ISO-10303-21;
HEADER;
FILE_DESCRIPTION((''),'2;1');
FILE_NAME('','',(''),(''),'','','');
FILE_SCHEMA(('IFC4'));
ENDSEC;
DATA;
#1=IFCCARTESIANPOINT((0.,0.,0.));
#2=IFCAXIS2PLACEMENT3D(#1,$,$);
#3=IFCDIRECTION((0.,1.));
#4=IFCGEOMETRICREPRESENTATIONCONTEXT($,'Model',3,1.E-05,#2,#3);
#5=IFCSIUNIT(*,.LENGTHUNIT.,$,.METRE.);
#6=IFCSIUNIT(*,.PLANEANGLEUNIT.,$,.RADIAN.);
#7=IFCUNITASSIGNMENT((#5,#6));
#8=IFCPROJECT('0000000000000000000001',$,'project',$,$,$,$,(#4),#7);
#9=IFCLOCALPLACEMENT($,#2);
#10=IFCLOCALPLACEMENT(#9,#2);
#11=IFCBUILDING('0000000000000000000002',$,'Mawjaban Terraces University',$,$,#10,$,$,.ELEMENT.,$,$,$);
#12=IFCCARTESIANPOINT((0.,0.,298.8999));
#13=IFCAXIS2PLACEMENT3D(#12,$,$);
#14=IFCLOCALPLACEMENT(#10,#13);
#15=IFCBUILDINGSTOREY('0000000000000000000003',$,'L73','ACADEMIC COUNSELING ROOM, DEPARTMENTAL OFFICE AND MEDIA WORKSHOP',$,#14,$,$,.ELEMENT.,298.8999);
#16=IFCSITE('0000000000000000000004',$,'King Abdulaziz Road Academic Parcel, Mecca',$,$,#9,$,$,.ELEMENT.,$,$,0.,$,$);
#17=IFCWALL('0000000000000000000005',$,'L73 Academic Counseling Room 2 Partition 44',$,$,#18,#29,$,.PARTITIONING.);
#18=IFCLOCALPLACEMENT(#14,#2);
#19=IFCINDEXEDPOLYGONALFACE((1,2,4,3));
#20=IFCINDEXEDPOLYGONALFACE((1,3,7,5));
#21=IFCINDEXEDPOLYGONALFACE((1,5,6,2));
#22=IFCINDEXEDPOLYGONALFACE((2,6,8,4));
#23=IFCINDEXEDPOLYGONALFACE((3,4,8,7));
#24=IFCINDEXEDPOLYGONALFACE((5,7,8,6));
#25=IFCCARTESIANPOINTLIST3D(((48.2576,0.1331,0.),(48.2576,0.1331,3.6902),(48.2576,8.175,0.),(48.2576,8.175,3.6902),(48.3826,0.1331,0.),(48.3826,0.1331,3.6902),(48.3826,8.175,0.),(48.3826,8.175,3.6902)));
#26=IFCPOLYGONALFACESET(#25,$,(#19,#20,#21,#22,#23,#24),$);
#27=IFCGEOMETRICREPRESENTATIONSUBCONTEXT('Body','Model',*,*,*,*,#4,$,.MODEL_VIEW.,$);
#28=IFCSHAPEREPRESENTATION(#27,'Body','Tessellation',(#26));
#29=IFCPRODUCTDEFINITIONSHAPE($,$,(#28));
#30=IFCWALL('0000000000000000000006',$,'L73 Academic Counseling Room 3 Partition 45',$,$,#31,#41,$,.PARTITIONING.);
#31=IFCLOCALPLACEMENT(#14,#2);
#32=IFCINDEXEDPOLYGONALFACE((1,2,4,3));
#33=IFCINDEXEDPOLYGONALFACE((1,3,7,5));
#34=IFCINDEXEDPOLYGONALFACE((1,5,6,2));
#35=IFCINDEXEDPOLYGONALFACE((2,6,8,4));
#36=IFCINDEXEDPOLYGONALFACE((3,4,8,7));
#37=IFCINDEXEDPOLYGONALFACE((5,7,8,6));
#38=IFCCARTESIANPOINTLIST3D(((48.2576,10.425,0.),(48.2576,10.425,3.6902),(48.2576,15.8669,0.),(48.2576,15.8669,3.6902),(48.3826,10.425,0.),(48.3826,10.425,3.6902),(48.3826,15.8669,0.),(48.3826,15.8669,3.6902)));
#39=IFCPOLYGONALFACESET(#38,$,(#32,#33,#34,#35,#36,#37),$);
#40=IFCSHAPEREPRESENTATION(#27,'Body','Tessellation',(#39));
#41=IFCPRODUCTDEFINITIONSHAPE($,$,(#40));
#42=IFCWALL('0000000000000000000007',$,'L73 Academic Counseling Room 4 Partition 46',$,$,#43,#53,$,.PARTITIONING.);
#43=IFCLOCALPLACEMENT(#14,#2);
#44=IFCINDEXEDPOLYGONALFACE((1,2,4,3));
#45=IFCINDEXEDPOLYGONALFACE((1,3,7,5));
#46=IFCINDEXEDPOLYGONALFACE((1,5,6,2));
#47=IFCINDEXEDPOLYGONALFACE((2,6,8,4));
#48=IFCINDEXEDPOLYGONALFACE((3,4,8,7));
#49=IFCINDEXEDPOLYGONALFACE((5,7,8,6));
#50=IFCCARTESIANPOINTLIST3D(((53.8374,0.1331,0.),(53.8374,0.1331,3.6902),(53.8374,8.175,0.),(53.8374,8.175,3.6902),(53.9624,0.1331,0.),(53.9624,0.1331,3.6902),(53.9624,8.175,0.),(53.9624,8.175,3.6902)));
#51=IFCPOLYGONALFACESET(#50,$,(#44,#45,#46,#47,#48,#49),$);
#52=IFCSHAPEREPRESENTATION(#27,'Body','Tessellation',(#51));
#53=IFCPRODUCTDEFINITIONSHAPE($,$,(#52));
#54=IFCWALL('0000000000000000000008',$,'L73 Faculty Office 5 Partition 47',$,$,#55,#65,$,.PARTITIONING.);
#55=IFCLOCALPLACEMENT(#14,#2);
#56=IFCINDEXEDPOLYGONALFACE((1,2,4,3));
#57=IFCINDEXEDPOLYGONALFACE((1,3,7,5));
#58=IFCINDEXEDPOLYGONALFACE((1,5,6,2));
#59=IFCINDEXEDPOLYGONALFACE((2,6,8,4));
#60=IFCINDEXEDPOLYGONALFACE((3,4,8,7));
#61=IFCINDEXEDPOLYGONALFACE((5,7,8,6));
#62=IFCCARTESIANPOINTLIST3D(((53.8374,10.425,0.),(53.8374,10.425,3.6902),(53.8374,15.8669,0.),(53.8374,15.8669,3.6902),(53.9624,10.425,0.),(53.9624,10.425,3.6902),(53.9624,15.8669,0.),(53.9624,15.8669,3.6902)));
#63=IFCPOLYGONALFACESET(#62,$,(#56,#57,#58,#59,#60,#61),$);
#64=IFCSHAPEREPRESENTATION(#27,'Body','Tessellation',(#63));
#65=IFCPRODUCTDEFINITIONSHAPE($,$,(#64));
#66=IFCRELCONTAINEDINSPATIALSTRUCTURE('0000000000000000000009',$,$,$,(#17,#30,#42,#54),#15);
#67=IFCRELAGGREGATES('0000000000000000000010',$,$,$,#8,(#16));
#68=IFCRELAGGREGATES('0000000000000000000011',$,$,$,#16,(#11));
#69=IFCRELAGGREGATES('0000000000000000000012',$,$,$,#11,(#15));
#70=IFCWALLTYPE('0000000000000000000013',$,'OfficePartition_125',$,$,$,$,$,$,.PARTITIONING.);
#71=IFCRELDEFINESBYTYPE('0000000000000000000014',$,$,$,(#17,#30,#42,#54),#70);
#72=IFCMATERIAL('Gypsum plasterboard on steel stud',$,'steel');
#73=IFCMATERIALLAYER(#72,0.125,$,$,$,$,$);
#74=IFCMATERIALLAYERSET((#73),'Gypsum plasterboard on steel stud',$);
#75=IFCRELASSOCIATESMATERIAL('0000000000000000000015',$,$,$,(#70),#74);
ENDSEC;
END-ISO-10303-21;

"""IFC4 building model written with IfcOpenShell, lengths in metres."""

from ifc_helpers import new_model, si_unit, direction, frame, frame_2d, origin, place, context, subcontext, project, spatial, rectangle, extrude, material, layer, layer_set, type_object, element, save


model = new_model("IFC4")

# Units and contexts
model_context = context("Model", 3, precision=1e-05, world=origin(), true_north=direction((0.0, 1.0)))
body_context = subcontext(model_context, "Body", "Model", "MODEL_VIEW")
ifc_project = project(units=[si_unit("LENGTHUNIT", "METRE"), si_unit("PLANEANGLEUNIT", "RADIAN")], contexts=[model_context])

# Site, building, storey
site_placement = place(None, origin())
site = spatial("IfcSite", under=ifc_project, at=site_placement, Name="King Abdulaziz Road Academic Parcel, Mecca", CompositionType="ELEMENT", RefElevation=0.0)
building_placement = place(site_placement, origin())
building = spatial("IfcBuilding", under=site, at=building_placement, Name="Mawjaban Terraces University", CompositionType="ELEMENT")
storey_placement = place(building_placement, frame((0.0, 0.0, 298.8999)))
storey = spatial("IfcBuildingStorey", under=building, at=storey_placement, Name="L73", Description="ACADEMIC COUNSELING ROOM, DEPARTMENTAL OFFICE AND MEDIA WORKSHOP", CompositionType="ELEMENT", Elevation=298.8999)

# Walls
ifc_material_1 = material(Name="Gypsum plasterboard on steel stud", Category="steel")
ifc_layer_1 = layer(ifc_material_1, 0.125)
ifc_layer_set_1 = layer_set([ifc_layer_1], Name="Gypsum plasterboard on steel stud")
wall_type_1 = type_object("IfcWallType", Name="OfficePartition_125", PredefinedType="PARTITIONING", material=ifc_layer_set_1)
wall_1_placement = place(storey_placement, frame((48.3201, 0.1331, 0.0), z_axis=(0.0, 0.0, 1.0), x_axis=(0.0, 1.0, 0.0)))
element("IfcWall", 1, at=wall_1_placement, inside=storey, type_object=wall_type_1, Name="L73 Academic Counseling Room 2 Partition 44", PredefinedType="PARTITIONING", context=body_context, shape_type="SweptSolid", body=[
    extrude(rectangle(XDim=8.042, YDim=0.125, at=frame_2d((4.021, 0.0))), origin(), (0.0, 0.0, 1.0), 3.6902),
])
wall_2_placement = place(storey_placement, frame((48.3201, 10.425, 0.0), z_axis=(0.0, 0.0, 1.0), x_axis=(0.0, 1.0, 0.0)))
element("IfcWall", 2, at=wall_2_placement, inside=storey, type_object=wall_type_1, Name="L73 Academic Counseling Room 3 Partition 45", PredefinedType="PARTITIONING", context=body_context, shape_type="SweptSolid", body=[
    extrude(rectangle(XDim=5.4419, YDim=0.125, at=frame_2d((2.7209, 0.0))), origin(), (0.0, 0.0, 1.0), 3.6902),
])
wall_3_placement = place(storey_placement, frame((53.8999, 0.1331, 0.0), z_axis=(0.0, 0.0, 1.0), x_axis=(0.0, 1.0, 0.0)))
element("IfcWall", 3, at=wall_3_placement, inside=storey, type_object=wall_type_1, Name="L73 Academic Counseling Room 4 Partition 46", PredefinedType="PARTITIONING", context=body_context, shape_type="SweptSolid", body=[
    extrude(rectangle(XDim=8.042, YDim=0.125, at=frame_2d((4.021, 0.0))), origin(), (0.0, 0.0, 1.0), 3.6902),
])
wall_4_placement = place(storey_placement, frame((53.8999, 10.425, 0.0), z_axis=(0.0, 0.0, 1.0), x_axis=(0.0, 1.0, 0.0)))
element("IfcWall", 4, at=wall_4_placement, inside=storey, type_object=wall_type_1, Name="L73 Faculty Office 5 Partition 47", PredefinedType="PARTITIONING", context=body_context, shape_type="SweptSolid", body=[
    extrude(rectangle(XDim=5.4419, YDim=0.125, at=frame_2d((2.7209, 0.0))), origin(), (0.0, 0.0, 1.0), 3.6902),
])

save(model, "model.ifc")
